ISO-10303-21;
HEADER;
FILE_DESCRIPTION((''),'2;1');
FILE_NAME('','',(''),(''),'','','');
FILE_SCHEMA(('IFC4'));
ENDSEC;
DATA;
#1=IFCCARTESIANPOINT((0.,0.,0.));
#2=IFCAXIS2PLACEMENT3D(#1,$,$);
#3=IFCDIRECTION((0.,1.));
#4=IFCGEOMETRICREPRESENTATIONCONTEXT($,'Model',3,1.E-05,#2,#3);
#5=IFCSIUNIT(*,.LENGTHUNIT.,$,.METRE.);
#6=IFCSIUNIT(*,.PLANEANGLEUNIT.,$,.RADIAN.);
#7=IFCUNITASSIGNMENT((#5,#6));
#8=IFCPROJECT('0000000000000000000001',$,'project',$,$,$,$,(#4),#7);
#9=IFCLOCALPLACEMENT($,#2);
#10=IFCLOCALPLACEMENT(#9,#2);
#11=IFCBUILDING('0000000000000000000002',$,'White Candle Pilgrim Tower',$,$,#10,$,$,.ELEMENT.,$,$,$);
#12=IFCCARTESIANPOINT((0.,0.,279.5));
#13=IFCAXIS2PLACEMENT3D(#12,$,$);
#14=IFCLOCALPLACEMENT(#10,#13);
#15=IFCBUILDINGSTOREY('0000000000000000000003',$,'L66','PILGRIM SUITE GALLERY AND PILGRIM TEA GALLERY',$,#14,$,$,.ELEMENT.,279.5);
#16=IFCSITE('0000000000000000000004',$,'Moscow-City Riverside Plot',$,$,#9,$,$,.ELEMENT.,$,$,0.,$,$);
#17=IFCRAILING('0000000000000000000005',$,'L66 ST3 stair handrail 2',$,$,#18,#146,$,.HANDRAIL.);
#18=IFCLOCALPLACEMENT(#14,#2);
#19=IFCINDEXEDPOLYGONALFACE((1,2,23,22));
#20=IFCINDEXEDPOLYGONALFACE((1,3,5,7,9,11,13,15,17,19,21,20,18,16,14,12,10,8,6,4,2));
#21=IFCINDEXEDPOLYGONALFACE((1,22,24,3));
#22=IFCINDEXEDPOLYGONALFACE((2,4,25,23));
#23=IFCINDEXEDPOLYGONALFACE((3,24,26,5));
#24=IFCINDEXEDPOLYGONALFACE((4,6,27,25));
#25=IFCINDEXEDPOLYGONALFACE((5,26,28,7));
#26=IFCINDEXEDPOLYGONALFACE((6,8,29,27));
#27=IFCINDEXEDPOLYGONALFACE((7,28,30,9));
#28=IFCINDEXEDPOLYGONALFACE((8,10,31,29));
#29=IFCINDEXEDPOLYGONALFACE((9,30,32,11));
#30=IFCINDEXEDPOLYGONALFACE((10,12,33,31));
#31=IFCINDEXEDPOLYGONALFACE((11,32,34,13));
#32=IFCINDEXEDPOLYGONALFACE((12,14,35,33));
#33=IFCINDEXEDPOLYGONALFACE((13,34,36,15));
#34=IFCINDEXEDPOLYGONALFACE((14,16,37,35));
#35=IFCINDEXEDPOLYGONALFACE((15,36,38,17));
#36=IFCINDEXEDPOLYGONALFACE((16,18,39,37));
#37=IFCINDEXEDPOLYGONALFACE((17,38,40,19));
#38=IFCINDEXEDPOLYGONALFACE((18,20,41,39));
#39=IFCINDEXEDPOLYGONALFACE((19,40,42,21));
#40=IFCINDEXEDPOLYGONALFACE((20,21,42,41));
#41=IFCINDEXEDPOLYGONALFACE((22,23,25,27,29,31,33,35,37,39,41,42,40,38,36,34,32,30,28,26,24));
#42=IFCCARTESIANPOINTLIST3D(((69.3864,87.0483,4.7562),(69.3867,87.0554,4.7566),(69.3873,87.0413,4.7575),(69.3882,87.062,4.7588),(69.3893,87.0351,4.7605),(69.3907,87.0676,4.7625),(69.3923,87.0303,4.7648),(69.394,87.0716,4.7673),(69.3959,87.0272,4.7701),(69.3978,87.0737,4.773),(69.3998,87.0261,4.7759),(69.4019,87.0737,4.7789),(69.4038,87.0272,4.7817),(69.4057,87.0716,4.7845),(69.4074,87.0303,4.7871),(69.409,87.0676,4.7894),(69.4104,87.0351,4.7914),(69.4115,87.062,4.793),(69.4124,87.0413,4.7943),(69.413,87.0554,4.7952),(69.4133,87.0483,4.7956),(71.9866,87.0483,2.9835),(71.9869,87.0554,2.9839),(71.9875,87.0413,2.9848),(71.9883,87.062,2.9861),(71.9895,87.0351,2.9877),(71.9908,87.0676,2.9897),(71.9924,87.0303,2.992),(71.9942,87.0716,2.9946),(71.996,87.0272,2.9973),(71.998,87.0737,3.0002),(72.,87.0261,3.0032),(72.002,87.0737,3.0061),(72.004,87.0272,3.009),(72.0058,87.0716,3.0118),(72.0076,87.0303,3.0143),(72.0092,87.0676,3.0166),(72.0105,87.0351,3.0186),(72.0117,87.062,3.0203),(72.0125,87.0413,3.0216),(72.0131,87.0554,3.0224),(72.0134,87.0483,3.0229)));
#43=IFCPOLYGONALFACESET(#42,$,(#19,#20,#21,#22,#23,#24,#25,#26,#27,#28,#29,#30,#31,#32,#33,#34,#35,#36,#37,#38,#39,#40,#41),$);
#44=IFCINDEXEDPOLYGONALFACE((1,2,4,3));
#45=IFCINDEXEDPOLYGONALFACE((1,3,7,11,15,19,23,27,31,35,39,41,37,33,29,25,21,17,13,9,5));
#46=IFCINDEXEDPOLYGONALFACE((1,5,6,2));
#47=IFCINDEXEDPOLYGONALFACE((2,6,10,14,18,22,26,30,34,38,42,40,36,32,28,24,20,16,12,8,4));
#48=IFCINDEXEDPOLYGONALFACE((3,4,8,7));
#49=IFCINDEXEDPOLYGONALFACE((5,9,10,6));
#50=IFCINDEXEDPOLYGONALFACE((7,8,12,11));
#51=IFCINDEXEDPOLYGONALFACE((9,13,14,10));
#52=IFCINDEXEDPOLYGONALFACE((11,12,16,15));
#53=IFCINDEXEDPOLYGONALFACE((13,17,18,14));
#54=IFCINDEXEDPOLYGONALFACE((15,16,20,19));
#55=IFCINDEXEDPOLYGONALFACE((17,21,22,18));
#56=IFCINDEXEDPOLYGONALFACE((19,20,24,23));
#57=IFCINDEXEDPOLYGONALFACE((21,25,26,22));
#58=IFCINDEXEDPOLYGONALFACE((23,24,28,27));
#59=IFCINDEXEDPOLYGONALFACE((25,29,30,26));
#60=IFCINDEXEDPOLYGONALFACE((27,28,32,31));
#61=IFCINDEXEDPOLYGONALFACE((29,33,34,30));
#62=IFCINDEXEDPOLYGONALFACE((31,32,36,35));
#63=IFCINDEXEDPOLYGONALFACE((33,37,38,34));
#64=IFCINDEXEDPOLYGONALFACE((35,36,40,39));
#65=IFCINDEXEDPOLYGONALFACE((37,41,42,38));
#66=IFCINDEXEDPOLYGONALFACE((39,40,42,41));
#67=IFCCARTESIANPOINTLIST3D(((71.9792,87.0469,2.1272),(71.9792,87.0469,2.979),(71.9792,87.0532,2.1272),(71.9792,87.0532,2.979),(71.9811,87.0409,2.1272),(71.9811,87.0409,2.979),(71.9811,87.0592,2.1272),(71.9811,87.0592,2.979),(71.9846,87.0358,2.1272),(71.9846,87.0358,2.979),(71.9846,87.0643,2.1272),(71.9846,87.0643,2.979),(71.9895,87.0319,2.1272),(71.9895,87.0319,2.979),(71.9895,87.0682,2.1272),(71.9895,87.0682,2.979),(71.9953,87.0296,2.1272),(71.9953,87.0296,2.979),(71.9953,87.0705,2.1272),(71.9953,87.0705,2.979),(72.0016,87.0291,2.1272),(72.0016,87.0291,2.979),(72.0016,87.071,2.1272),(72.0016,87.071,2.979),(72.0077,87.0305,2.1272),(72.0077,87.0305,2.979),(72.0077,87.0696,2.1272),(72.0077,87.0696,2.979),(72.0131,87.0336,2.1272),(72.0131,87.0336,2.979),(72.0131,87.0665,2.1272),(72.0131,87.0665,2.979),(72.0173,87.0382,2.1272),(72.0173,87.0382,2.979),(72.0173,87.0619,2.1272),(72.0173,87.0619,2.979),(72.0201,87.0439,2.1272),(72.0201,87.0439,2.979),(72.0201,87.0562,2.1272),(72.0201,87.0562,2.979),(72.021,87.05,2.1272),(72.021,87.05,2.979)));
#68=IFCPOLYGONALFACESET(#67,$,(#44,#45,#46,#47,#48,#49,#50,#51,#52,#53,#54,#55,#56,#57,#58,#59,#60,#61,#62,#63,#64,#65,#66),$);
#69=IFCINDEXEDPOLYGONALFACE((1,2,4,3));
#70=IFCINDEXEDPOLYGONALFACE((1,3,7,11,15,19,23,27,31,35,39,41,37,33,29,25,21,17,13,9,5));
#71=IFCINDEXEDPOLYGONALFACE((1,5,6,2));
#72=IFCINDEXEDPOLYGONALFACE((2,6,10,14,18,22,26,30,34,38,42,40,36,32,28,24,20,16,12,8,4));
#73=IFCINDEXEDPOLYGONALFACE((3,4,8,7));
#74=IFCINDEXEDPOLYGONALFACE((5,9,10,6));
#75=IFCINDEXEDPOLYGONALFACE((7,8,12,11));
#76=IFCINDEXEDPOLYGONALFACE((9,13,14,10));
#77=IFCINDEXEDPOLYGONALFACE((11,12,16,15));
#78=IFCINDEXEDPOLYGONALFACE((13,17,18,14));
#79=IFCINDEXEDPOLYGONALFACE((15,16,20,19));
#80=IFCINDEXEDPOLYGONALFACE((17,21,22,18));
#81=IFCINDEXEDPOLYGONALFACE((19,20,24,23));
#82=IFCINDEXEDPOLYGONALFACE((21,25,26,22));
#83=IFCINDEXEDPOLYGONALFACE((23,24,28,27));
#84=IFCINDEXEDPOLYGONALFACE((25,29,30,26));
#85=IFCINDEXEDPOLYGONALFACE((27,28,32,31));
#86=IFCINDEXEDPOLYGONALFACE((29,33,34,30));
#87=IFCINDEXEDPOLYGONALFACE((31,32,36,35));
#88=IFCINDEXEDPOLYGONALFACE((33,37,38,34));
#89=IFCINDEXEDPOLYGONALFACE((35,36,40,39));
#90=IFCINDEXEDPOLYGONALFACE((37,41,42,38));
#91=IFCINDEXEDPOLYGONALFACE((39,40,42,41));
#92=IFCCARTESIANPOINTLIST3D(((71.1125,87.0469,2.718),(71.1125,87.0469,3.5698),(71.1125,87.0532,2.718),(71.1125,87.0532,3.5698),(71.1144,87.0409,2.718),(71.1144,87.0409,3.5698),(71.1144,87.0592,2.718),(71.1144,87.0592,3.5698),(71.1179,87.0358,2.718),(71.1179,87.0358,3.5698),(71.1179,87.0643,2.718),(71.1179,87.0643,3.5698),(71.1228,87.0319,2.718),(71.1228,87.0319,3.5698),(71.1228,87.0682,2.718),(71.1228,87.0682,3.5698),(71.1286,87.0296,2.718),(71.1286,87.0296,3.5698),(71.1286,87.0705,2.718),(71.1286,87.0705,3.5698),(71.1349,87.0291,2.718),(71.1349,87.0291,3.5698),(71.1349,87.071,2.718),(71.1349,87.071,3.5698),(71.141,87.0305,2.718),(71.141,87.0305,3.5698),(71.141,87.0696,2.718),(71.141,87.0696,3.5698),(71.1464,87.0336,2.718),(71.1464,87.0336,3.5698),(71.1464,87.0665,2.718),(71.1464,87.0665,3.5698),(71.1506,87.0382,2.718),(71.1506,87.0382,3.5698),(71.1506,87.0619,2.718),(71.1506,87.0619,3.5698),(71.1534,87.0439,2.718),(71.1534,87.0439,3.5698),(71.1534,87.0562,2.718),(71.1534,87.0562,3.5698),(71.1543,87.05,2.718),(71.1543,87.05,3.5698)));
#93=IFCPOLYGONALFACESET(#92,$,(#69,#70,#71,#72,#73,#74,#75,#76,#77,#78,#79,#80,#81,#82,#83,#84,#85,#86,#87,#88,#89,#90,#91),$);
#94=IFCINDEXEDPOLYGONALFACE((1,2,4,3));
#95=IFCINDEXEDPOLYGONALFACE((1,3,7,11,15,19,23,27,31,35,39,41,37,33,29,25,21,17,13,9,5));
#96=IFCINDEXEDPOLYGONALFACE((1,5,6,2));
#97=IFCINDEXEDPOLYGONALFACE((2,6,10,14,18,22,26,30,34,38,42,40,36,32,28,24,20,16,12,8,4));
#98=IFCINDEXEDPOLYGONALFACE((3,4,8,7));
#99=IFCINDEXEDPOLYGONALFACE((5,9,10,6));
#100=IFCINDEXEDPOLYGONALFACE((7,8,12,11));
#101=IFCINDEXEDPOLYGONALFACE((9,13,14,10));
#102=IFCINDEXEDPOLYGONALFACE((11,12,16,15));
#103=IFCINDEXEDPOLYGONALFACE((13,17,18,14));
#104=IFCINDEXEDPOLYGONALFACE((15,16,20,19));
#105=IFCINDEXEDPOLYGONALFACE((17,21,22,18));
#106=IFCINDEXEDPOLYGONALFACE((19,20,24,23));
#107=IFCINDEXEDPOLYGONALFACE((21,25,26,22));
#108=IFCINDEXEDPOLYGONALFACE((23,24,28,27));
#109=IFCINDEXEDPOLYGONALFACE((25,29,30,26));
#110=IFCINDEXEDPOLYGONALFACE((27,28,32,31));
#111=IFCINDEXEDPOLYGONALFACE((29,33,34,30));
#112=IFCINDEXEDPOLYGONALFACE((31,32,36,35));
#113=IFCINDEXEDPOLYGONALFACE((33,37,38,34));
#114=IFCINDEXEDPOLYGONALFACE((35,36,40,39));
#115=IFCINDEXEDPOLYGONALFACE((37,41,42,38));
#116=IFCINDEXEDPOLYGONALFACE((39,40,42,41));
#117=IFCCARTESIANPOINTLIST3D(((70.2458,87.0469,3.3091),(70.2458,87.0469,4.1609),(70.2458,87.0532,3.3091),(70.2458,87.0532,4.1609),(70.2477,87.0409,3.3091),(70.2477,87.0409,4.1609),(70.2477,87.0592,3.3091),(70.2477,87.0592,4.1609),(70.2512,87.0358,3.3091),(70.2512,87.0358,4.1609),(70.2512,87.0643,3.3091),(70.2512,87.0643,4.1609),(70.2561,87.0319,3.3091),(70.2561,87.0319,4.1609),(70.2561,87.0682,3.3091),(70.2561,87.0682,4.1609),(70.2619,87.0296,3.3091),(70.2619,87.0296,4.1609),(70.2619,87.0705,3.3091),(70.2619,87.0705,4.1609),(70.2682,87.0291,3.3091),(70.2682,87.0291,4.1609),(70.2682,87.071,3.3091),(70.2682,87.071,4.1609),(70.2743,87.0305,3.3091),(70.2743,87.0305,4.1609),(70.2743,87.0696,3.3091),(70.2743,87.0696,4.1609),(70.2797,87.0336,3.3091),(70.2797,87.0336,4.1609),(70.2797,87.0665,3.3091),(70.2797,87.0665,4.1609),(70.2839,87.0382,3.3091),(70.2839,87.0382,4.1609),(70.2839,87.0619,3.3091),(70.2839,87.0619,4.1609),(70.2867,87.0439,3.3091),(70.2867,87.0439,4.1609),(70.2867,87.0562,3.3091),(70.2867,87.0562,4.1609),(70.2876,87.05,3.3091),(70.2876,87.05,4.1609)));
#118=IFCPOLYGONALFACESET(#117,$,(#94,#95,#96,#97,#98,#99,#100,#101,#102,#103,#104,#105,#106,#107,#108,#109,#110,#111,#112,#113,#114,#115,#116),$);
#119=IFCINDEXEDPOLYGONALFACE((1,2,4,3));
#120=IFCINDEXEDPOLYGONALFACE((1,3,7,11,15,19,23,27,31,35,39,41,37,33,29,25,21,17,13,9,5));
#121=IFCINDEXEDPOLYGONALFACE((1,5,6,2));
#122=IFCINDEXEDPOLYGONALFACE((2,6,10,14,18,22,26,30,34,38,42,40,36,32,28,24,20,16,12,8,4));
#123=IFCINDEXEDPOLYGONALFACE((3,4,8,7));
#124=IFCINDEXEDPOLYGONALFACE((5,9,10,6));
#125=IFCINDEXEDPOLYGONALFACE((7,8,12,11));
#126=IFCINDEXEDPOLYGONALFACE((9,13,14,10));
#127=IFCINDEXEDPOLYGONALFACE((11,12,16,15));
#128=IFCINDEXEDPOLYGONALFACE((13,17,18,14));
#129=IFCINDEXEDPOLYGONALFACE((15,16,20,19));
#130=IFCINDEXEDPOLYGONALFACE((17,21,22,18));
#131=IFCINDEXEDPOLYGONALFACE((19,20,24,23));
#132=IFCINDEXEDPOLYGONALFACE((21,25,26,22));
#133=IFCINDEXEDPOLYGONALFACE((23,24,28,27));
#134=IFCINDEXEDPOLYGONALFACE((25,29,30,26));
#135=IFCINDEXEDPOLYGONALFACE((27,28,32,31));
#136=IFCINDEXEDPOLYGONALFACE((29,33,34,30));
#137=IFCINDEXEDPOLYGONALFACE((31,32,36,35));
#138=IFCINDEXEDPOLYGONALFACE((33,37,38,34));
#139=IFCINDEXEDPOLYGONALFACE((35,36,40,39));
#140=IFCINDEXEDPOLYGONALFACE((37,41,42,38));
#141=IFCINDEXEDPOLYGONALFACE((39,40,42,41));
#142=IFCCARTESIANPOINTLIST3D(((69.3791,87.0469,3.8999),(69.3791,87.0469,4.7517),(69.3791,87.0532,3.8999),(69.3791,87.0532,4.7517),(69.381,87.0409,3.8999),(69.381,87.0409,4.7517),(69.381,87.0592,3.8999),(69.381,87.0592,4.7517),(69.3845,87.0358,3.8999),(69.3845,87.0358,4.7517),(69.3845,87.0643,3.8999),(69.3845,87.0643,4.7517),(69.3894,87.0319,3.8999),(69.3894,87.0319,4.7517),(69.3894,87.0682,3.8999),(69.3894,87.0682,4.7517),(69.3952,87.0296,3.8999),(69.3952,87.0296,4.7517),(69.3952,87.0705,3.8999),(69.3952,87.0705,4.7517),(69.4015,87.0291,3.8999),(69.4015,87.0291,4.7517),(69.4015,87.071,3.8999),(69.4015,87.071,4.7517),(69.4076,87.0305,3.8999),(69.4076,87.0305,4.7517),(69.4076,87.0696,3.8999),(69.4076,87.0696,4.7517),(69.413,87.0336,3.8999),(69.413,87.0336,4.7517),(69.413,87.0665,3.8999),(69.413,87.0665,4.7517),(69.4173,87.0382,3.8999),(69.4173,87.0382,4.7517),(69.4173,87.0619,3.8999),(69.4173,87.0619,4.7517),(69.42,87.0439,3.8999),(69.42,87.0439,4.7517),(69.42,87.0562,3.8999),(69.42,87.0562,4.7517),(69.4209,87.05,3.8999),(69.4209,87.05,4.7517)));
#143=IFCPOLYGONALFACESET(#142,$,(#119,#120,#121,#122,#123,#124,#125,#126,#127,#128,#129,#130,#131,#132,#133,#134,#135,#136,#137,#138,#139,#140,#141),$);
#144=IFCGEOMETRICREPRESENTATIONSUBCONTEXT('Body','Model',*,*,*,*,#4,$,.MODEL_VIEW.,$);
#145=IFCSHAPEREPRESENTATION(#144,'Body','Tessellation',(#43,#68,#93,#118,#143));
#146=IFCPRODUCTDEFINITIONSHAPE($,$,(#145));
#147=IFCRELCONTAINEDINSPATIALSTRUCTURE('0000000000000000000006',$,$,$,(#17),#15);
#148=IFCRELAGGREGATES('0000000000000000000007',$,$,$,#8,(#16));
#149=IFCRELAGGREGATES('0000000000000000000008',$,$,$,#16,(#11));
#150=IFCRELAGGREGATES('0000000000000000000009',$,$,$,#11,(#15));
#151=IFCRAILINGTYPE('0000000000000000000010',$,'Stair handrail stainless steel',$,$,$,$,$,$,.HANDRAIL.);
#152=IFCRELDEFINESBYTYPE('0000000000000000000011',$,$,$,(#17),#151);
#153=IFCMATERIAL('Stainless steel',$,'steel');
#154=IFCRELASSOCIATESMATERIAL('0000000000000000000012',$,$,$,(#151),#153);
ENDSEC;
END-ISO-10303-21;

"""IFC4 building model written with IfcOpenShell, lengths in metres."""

from ifc_helpers import new_model, si_unit, direction, frame, origin, origin_2d, place, context, subcontext, project, spatial, circle, extrude, material, type_object, element, save


model = new_model("IFC4")

# Units and contexts
model_context = context("Model", 3, precision=1e-05, world=origin(), true_north=direction((0.0, 1.0)))
body_context = subcontext(model_context, "Body", "Model", "MODEL_VIEW")
ifc_project = project(units=[si_unit("LENGTHUNIT", "METRE"), si_unit("PLANEANGLEUNIT", "RADIAN")], contexts=[model_context])

# Site, building, storey
site_placement = place(None, origin())
site = spatial("IfcSite", under=ifc_project, at=site_placement, Name="Moscow-City Riverside Plot", CompositionType="ELEMENT", RefElevation=0.0)
building_placement = place(site_placement, origin())
building = spatial("IfcBuilding", under=site, at=building_placement, Name="White Candle Pilgrim Tower", CompositionType="ELEMENT")
storey_placement = place(building_placement, frame((0.0, 0.0, 279.5)))
storey = spatial("IfcBuildingStorey", under=building, at=storey_placement, Name="L66", Description="PILGRIM SUITE GALLERY AND PILGRIM TEA GALLERY", CompositionType="ELEMENT", Elevation=279.5)

# Railing
ifc_material_1 = material(Name="Stainless steel", Category="steel")
railing_type_1 = type_object("IfcRailingType", Name="Stair handrail stainless steel", PredefinedType="HANDRAIL", material=ifc_material_1)
railing_1_placement = place(storey_placement, frame((72.0, 87.05, 2.1272)))
element("IfcRailing", 1, at=railing_1_placement, inside=storey, type_object=railing_type_1, Name="L66 ST3 stair handrail 2", PredefinedType="HANDRAIL", context=body_context, shape_type="SweptSolid", body=[
    extrude(circle(Radius=0.0239, at=origin_2d()), frame((0.0, 0.0, 0.876), z_axis=(-0.82624, 0.0, 0.563318), x_axis=(0.0, -1.0, 0.0)), (0.0, 0.0, 1.0), 3.147),
    extrude(circle(Radius=0.021, at=origin_2d()), origin(), (0.0, 0.0, 1.0), 0.8518),
    extrude(circle(Radius=0.021, at=origin_2d()), frame((-0.8667, 0.0, 0.5908)), (0.0, 0.0, 1.0), 0.8518),
    extrude(circle(Radius=0.021, at=origin_2d()), frame((-1.7334, 0.0, 1.1819)), (0.0, 0.0, 1.0), 0.8518),
    extrude(circle(Radius=0.021, at=origin_2d()), frame((-2.6001, 0.0, 1.7727)), (0.0, 0.0, 1.0), 0.8518),
])

save(model, "model.ifc")
